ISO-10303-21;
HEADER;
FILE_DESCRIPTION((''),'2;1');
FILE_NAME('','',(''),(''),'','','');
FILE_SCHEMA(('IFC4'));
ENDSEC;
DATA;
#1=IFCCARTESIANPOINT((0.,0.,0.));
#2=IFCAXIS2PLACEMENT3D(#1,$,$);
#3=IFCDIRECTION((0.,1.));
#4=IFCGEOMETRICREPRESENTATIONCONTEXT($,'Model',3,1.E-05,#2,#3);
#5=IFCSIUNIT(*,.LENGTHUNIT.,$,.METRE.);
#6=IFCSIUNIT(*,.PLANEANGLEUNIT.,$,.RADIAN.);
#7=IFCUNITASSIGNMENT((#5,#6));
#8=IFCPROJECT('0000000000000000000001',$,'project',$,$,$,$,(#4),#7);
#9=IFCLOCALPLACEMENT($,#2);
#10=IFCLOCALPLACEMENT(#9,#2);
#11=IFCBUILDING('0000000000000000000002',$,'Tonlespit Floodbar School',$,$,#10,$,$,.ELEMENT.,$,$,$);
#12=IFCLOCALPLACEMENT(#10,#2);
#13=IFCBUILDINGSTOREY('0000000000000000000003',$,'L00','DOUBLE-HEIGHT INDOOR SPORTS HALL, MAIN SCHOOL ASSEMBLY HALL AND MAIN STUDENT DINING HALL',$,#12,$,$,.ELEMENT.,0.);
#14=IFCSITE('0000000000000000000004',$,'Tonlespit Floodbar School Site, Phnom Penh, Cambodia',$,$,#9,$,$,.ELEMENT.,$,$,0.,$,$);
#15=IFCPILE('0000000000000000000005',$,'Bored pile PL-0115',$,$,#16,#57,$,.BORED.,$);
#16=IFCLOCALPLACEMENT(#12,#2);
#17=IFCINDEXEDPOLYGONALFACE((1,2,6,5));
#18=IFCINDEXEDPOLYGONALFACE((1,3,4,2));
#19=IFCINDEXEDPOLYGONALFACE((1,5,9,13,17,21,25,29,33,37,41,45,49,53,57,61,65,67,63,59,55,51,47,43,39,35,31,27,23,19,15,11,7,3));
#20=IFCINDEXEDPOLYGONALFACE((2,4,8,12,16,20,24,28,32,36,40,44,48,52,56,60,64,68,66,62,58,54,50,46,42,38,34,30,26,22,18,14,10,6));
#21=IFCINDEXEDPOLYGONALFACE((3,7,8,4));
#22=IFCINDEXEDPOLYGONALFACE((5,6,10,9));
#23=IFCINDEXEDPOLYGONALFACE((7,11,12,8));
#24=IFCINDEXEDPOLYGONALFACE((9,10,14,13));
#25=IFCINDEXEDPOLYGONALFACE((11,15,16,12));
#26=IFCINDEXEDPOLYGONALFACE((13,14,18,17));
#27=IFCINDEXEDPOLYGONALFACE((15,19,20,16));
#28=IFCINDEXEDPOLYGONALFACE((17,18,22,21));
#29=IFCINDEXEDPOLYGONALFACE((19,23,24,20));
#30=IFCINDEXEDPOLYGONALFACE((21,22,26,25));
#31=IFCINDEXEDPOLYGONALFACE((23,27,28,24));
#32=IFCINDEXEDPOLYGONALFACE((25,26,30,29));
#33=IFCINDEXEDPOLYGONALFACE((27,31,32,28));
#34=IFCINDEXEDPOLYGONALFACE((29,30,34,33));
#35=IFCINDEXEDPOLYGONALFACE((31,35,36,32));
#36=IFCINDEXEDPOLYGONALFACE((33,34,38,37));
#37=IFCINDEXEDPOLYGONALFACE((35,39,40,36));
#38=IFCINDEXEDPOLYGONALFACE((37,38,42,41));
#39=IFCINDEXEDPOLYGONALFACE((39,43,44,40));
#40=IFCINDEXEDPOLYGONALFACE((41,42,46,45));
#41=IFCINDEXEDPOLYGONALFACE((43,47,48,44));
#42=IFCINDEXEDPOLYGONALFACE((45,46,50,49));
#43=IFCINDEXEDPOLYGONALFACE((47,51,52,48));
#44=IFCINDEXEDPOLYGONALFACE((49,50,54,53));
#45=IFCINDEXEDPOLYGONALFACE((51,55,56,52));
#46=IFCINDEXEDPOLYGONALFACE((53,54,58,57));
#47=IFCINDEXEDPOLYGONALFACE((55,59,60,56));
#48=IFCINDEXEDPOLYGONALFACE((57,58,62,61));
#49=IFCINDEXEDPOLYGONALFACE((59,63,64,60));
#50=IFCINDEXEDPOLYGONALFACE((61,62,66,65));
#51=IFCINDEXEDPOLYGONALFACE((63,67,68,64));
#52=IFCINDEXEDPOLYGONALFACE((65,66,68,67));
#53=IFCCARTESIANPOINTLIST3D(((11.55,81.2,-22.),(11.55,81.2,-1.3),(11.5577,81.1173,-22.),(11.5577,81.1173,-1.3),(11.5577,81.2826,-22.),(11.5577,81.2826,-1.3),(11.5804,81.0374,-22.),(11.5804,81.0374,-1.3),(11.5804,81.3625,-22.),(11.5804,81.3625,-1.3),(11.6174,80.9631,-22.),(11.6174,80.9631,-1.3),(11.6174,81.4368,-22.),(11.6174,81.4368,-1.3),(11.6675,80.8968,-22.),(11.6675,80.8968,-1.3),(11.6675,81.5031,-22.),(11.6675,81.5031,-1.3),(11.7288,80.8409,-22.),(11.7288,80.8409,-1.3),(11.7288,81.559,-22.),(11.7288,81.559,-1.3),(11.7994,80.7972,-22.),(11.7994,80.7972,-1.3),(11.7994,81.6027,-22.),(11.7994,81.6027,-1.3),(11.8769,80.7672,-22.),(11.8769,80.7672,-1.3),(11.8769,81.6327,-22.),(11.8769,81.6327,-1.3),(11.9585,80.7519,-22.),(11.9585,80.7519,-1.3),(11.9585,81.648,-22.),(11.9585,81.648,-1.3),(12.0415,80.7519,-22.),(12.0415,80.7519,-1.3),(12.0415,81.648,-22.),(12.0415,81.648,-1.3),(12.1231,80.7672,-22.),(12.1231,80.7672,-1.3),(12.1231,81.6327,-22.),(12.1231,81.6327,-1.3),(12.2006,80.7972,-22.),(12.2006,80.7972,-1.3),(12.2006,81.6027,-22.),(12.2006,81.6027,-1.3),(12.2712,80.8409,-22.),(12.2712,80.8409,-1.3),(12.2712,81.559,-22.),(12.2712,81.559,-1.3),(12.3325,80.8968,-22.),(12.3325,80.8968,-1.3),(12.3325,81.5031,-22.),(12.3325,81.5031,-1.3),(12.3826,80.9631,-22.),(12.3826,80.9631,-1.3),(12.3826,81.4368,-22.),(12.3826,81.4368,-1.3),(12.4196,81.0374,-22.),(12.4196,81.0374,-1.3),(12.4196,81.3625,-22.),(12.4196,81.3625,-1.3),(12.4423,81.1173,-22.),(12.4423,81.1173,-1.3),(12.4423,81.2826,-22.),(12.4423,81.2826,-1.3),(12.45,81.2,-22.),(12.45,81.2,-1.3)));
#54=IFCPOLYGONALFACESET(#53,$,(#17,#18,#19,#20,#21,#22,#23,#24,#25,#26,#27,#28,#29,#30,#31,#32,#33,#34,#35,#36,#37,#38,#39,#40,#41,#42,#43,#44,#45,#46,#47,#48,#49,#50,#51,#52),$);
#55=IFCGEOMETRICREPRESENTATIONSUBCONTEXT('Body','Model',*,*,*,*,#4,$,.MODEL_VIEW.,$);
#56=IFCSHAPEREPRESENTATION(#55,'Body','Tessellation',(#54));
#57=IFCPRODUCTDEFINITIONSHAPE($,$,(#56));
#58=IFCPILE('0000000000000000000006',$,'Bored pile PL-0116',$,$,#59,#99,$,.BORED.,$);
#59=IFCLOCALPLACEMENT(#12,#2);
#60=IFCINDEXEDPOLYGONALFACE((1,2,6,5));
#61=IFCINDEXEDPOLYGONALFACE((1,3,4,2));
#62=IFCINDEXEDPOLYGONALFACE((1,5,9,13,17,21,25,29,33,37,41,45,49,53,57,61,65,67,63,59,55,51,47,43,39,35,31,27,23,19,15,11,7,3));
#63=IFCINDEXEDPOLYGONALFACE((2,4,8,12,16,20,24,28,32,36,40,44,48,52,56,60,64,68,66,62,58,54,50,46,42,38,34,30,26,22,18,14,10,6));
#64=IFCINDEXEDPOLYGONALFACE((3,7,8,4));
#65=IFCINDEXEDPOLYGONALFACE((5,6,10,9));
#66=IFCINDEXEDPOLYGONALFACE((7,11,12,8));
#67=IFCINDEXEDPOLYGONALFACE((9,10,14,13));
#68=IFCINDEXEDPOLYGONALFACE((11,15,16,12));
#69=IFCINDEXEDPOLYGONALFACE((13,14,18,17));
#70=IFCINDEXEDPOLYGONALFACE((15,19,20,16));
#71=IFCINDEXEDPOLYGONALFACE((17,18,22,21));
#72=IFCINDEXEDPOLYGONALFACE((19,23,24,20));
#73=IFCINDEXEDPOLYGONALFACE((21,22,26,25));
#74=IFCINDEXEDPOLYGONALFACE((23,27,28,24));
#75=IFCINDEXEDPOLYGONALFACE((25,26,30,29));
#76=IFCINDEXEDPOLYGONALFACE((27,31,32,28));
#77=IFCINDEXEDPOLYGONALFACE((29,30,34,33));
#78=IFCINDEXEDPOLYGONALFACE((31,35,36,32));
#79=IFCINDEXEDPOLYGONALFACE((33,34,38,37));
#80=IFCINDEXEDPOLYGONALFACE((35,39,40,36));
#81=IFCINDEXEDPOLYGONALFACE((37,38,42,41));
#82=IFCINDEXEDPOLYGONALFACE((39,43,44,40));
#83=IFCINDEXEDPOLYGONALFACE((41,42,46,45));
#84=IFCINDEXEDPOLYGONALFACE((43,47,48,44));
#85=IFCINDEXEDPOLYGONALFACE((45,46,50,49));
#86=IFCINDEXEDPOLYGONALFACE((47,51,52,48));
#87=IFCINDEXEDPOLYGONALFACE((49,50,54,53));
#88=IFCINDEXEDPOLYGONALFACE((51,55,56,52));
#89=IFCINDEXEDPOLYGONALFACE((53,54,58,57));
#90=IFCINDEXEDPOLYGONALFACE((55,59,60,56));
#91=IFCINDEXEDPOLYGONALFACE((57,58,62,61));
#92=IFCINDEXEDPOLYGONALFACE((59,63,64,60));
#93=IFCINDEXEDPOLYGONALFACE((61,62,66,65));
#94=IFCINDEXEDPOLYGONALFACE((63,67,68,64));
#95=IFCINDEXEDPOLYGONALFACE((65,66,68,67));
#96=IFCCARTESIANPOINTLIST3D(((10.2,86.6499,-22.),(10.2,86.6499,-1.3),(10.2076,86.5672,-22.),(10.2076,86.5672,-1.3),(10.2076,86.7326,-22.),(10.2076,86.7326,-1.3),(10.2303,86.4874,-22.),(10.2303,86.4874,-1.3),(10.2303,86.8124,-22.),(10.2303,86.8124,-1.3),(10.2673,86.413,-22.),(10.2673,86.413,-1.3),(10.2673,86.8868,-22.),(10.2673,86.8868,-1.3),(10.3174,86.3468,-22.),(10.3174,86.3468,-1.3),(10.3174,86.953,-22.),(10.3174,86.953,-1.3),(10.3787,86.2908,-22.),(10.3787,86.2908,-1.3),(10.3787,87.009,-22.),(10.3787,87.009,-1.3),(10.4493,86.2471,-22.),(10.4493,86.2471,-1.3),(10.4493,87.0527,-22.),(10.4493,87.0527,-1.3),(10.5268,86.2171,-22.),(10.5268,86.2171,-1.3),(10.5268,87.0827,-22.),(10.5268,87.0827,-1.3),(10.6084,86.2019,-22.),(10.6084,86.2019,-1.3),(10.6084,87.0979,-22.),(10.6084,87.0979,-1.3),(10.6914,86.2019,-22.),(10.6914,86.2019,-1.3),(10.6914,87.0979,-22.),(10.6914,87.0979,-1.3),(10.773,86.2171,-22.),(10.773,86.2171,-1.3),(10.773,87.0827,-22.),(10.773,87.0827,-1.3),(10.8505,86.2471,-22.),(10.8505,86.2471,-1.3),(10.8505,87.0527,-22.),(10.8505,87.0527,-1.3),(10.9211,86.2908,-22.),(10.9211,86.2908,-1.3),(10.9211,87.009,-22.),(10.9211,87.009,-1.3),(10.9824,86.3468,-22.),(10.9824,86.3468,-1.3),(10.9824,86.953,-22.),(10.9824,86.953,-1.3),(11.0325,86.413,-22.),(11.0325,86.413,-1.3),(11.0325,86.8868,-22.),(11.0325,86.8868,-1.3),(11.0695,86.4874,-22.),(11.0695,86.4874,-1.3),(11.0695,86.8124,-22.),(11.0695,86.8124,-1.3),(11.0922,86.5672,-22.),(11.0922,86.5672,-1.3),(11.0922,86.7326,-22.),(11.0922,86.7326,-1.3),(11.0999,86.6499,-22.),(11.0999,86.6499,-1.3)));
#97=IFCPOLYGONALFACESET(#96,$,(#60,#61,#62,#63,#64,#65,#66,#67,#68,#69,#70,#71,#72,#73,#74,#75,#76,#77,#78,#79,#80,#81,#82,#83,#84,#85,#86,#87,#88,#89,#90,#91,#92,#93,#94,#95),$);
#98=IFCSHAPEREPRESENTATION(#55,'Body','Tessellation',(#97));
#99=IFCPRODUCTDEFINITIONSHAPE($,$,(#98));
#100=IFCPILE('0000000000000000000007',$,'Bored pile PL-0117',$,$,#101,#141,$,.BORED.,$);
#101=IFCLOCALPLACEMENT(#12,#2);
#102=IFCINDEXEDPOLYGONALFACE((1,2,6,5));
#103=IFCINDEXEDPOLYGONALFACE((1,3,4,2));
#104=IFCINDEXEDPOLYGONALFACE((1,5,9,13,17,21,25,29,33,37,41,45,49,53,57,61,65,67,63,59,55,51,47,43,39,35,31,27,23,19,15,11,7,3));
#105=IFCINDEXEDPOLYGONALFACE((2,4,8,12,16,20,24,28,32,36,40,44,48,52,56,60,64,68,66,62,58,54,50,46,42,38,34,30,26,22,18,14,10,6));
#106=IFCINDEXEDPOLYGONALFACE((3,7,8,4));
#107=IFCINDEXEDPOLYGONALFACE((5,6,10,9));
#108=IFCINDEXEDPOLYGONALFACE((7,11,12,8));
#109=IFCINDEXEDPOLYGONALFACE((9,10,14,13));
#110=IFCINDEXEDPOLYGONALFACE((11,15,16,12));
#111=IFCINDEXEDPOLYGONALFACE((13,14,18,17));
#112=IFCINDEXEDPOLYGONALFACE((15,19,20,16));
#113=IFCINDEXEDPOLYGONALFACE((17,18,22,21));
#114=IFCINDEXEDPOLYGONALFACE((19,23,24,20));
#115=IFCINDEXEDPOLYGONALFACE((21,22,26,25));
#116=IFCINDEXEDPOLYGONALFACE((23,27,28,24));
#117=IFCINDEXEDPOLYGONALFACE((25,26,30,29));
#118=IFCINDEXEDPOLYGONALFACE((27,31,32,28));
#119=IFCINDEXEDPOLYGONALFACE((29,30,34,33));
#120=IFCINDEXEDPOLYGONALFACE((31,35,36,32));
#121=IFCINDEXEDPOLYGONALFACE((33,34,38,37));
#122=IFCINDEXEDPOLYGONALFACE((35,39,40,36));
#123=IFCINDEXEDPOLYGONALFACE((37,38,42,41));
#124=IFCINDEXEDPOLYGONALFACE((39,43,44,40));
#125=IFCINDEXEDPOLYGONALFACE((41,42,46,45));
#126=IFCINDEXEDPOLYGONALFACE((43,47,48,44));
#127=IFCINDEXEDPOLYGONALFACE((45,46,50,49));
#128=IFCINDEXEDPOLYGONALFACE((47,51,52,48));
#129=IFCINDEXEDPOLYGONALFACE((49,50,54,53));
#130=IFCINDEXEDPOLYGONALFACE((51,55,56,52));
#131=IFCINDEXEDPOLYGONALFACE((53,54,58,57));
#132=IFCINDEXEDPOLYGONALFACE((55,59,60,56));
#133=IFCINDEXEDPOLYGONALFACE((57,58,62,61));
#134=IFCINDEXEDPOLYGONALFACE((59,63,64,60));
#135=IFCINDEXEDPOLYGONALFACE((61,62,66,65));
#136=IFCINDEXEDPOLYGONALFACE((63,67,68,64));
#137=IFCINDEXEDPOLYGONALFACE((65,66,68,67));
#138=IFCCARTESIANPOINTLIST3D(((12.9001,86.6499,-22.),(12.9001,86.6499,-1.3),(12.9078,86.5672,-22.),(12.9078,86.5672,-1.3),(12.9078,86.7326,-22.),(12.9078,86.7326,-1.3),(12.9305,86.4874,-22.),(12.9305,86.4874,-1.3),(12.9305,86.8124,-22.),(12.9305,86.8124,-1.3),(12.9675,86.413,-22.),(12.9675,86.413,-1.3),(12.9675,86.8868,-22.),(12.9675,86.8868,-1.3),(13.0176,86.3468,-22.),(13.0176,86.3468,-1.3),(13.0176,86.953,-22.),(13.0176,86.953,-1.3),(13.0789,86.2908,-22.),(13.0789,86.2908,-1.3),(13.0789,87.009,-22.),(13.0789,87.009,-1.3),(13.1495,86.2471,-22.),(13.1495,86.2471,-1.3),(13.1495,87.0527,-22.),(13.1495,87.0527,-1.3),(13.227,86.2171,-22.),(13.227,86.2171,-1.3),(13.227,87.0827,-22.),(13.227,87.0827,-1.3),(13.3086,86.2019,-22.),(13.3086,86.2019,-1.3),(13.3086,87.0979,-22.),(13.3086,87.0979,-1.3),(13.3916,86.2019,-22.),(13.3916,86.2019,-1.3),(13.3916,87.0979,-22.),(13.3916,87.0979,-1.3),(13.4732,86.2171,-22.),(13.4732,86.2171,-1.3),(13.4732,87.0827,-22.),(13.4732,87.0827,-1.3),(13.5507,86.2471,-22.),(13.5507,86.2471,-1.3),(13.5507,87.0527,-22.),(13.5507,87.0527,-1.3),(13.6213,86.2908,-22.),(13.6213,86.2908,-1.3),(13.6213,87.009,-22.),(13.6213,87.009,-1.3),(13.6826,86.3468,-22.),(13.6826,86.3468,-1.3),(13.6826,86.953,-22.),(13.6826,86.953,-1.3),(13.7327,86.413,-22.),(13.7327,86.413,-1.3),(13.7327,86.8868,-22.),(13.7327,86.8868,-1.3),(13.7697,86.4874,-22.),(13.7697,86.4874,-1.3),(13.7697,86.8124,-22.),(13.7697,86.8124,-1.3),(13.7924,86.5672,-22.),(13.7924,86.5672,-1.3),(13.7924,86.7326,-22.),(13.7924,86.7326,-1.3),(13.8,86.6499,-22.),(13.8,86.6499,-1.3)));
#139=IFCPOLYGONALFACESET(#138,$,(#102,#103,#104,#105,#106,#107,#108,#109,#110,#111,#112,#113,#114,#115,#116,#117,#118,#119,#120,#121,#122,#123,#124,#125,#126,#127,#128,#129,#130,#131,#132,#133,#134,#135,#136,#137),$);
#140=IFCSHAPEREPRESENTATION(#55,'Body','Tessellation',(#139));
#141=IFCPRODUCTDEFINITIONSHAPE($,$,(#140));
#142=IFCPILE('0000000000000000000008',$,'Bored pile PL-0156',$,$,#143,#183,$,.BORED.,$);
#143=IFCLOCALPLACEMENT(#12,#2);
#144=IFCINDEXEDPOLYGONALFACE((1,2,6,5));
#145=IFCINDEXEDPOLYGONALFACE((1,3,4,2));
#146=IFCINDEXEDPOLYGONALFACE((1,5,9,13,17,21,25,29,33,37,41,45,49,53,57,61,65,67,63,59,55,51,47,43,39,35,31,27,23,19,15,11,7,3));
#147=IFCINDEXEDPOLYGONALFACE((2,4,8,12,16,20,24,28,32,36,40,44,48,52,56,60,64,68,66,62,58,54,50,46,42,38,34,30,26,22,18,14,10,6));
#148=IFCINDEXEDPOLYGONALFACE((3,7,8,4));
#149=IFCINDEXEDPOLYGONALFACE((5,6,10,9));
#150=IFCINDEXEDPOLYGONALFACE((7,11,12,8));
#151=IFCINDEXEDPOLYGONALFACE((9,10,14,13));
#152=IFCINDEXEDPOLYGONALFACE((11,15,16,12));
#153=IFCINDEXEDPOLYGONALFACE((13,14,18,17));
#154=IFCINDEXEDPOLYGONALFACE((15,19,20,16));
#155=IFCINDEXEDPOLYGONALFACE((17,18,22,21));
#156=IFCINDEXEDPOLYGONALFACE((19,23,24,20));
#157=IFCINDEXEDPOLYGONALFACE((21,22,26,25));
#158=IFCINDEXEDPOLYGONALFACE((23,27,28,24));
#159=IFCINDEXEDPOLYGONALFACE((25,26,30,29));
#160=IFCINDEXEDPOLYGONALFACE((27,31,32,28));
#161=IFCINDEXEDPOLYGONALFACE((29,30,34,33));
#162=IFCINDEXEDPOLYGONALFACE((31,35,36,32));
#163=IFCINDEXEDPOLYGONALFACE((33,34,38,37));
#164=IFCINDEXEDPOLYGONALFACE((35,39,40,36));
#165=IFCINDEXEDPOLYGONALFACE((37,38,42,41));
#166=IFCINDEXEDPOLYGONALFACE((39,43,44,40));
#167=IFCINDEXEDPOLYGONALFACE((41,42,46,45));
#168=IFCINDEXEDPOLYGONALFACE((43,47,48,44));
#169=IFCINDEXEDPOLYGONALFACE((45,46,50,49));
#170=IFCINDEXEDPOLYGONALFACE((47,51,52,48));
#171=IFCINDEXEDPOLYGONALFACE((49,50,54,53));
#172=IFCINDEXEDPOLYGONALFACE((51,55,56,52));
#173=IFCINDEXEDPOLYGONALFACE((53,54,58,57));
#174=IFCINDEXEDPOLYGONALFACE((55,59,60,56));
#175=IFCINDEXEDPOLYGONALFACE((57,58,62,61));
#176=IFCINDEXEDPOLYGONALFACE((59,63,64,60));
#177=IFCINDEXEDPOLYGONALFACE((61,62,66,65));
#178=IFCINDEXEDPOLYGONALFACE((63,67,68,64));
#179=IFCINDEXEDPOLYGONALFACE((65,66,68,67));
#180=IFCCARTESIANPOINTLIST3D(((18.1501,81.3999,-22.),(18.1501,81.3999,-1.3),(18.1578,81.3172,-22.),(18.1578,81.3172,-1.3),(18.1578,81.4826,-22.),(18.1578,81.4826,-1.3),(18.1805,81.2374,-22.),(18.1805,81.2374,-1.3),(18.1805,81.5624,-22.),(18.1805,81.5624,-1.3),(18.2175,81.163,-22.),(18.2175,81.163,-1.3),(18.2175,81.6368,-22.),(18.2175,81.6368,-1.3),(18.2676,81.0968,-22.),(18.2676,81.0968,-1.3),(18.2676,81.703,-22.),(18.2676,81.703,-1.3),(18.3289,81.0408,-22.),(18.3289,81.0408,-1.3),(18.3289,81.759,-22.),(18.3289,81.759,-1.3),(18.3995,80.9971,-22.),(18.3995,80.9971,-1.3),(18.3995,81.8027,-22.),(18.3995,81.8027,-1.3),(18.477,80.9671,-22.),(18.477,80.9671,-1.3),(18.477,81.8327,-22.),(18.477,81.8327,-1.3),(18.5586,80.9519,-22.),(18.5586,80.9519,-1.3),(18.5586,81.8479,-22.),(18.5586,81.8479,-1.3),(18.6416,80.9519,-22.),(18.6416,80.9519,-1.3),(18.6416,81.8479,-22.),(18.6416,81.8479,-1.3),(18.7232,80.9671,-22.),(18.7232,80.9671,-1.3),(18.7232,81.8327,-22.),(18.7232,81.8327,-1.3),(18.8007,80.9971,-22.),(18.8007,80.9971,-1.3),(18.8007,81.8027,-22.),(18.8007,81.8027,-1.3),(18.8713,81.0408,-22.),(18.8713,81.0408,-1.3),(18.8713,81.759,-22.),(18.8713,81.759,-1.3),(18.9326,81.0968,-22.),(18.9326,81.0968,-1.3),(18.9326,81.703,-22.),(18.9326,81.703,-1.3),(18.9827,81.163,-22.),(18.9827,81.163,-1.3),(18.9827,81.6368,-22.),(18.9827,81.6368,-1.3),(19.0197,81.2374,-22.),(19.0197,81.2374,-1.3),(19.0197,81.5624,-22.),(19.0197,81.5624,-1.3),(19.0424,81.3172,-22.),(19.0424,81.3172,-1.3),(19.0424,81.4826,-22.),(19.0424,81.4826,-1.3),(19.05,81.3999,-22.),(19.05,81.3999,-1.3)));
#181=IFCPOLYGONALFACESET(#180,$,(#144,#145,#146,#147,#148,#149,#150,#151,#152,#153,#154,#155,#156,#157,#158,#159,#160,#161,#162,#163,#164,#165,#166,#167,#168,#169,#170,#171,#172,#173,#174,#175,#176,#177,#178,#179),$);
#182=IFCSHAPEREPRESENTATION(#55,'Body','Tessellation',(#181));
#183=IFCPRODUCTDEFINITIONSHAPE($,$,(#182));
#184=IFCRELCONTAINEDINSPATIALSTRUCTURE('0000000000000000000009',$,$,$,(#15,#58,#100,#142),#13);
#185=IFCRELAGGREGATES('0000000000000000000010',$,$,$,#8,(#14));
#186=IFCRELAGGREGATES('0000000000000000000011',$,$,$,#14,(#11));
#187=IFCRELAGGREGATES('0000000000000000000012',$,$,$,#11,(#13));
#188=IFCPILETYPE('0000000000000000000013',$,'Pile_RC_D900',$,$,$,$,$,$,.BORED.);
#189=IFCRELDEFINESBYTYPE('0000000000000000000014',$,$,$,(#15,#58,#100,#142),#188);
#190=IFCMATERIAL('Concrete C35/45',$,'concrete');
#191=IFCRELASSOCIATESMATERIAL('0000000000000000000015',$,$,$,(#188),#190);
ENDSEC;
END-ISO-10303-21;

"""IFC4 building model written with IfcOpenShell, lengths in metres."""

from ifc_helpers import new_model, si_unit, direction, frame, origin, origin_2d, place, context, subcontext, project, spatial, circle, extrude, material, material_profile, profile_set, type_object, element, save


model = new_model("IFC4")

# Units and contexts
model_context = context("Model", 3, precision=1e-05, world=origin(), true_north=direction((0.0, 1.0)))
body_context = subcontext(model_context, "Body", "Model", "MODEL_VIEW")
ifc_project = project(units=[si_unit("LENGTHUNIT", "METRE"), si_unit("PLANEANGLEUNIT", "RADIAN")], contexts=[model_context])

# Site, building, storey
site_placement = place(None, origin())
site = spatial("IfcSite", under=ifc_project, at=site_placement, Name="Tonlespit Floodbar School Site, Phnom Penh, Cambodia", CompositionType="ELEMENT", RefElevation=0.0)
building_placement = place(site_placement, origin())
building = spatial("IfcBuilding", under=site, at=building_placement, Name="Tonlespit Floodbar School", CompositionType="ELEMENT")
storey_placement = place(building_placement, origin())
storey = spatial("IfcBuildingStorey", under=building, at=storey_placement, Name="L00", Description="DOUBLE-HEIGHT INDOOR SPORTS HALL, MAIN SCHOOL ASSEMBLY HALL AND MAIN STUDENT DINING HALL", CompositionType="ELEMENT", Elevation=0.0)

# Piles
ifc_material_1 = material(Name="Concrete C35/45", Category="concrete")
ifc_material_profile_1 = material_profile(ifc_material_1, circle(Radius=0.45, at=origin_2d()), Name="BP D900")
ifc_profile_set_1 = profile_set([ifc_material_profile_1], Name="Concrete C35/45")
pile_type = type_object("IfcPileType", Name="Pile_RC_D900", PredefinedType="BORED", material=ifc_profile_set_1)
for number, where, z_axis, x_axis, name in (
    (1, (12.0, 81.2, -1.3), (0.0, 0.0, -1.0), (1.0, 0.0, 0.0), "Bored pile PL-0115"),
    (2, (10.6499, 86.6499, -1.3), (0.0, 0.0, -1.0), (1.0, 0.0, 0.0), "Bored pile PL-0116"),
    (3, (13.3501, 86.6499, -1.3), (0.0, 0.0, -1.0), (1.0, 0.0, 0.0), "Bored pile PL-0117"),
    (4, (18.6001, 81.3999, -1.3), (0.0, 0.0, -1.0), (1.0, 0.0, 0.0), "Bored pile PL-0156"),
):
    element("IfcPile", number, at=place(storey_placement, frame(where, z_axis=z_axis, x_axis=x_axis)), inside=storey, type_object=pile_type, Name=name, PredefinedType="BORED", context=body_context, shape_type="SweptSolid", body=[
        extrude(circle(Radius=0.45, at=origin_2d()), origin(), (0.0, 0.0, 1.0), 20.7),
    ])

save(model, "model.ifc")
